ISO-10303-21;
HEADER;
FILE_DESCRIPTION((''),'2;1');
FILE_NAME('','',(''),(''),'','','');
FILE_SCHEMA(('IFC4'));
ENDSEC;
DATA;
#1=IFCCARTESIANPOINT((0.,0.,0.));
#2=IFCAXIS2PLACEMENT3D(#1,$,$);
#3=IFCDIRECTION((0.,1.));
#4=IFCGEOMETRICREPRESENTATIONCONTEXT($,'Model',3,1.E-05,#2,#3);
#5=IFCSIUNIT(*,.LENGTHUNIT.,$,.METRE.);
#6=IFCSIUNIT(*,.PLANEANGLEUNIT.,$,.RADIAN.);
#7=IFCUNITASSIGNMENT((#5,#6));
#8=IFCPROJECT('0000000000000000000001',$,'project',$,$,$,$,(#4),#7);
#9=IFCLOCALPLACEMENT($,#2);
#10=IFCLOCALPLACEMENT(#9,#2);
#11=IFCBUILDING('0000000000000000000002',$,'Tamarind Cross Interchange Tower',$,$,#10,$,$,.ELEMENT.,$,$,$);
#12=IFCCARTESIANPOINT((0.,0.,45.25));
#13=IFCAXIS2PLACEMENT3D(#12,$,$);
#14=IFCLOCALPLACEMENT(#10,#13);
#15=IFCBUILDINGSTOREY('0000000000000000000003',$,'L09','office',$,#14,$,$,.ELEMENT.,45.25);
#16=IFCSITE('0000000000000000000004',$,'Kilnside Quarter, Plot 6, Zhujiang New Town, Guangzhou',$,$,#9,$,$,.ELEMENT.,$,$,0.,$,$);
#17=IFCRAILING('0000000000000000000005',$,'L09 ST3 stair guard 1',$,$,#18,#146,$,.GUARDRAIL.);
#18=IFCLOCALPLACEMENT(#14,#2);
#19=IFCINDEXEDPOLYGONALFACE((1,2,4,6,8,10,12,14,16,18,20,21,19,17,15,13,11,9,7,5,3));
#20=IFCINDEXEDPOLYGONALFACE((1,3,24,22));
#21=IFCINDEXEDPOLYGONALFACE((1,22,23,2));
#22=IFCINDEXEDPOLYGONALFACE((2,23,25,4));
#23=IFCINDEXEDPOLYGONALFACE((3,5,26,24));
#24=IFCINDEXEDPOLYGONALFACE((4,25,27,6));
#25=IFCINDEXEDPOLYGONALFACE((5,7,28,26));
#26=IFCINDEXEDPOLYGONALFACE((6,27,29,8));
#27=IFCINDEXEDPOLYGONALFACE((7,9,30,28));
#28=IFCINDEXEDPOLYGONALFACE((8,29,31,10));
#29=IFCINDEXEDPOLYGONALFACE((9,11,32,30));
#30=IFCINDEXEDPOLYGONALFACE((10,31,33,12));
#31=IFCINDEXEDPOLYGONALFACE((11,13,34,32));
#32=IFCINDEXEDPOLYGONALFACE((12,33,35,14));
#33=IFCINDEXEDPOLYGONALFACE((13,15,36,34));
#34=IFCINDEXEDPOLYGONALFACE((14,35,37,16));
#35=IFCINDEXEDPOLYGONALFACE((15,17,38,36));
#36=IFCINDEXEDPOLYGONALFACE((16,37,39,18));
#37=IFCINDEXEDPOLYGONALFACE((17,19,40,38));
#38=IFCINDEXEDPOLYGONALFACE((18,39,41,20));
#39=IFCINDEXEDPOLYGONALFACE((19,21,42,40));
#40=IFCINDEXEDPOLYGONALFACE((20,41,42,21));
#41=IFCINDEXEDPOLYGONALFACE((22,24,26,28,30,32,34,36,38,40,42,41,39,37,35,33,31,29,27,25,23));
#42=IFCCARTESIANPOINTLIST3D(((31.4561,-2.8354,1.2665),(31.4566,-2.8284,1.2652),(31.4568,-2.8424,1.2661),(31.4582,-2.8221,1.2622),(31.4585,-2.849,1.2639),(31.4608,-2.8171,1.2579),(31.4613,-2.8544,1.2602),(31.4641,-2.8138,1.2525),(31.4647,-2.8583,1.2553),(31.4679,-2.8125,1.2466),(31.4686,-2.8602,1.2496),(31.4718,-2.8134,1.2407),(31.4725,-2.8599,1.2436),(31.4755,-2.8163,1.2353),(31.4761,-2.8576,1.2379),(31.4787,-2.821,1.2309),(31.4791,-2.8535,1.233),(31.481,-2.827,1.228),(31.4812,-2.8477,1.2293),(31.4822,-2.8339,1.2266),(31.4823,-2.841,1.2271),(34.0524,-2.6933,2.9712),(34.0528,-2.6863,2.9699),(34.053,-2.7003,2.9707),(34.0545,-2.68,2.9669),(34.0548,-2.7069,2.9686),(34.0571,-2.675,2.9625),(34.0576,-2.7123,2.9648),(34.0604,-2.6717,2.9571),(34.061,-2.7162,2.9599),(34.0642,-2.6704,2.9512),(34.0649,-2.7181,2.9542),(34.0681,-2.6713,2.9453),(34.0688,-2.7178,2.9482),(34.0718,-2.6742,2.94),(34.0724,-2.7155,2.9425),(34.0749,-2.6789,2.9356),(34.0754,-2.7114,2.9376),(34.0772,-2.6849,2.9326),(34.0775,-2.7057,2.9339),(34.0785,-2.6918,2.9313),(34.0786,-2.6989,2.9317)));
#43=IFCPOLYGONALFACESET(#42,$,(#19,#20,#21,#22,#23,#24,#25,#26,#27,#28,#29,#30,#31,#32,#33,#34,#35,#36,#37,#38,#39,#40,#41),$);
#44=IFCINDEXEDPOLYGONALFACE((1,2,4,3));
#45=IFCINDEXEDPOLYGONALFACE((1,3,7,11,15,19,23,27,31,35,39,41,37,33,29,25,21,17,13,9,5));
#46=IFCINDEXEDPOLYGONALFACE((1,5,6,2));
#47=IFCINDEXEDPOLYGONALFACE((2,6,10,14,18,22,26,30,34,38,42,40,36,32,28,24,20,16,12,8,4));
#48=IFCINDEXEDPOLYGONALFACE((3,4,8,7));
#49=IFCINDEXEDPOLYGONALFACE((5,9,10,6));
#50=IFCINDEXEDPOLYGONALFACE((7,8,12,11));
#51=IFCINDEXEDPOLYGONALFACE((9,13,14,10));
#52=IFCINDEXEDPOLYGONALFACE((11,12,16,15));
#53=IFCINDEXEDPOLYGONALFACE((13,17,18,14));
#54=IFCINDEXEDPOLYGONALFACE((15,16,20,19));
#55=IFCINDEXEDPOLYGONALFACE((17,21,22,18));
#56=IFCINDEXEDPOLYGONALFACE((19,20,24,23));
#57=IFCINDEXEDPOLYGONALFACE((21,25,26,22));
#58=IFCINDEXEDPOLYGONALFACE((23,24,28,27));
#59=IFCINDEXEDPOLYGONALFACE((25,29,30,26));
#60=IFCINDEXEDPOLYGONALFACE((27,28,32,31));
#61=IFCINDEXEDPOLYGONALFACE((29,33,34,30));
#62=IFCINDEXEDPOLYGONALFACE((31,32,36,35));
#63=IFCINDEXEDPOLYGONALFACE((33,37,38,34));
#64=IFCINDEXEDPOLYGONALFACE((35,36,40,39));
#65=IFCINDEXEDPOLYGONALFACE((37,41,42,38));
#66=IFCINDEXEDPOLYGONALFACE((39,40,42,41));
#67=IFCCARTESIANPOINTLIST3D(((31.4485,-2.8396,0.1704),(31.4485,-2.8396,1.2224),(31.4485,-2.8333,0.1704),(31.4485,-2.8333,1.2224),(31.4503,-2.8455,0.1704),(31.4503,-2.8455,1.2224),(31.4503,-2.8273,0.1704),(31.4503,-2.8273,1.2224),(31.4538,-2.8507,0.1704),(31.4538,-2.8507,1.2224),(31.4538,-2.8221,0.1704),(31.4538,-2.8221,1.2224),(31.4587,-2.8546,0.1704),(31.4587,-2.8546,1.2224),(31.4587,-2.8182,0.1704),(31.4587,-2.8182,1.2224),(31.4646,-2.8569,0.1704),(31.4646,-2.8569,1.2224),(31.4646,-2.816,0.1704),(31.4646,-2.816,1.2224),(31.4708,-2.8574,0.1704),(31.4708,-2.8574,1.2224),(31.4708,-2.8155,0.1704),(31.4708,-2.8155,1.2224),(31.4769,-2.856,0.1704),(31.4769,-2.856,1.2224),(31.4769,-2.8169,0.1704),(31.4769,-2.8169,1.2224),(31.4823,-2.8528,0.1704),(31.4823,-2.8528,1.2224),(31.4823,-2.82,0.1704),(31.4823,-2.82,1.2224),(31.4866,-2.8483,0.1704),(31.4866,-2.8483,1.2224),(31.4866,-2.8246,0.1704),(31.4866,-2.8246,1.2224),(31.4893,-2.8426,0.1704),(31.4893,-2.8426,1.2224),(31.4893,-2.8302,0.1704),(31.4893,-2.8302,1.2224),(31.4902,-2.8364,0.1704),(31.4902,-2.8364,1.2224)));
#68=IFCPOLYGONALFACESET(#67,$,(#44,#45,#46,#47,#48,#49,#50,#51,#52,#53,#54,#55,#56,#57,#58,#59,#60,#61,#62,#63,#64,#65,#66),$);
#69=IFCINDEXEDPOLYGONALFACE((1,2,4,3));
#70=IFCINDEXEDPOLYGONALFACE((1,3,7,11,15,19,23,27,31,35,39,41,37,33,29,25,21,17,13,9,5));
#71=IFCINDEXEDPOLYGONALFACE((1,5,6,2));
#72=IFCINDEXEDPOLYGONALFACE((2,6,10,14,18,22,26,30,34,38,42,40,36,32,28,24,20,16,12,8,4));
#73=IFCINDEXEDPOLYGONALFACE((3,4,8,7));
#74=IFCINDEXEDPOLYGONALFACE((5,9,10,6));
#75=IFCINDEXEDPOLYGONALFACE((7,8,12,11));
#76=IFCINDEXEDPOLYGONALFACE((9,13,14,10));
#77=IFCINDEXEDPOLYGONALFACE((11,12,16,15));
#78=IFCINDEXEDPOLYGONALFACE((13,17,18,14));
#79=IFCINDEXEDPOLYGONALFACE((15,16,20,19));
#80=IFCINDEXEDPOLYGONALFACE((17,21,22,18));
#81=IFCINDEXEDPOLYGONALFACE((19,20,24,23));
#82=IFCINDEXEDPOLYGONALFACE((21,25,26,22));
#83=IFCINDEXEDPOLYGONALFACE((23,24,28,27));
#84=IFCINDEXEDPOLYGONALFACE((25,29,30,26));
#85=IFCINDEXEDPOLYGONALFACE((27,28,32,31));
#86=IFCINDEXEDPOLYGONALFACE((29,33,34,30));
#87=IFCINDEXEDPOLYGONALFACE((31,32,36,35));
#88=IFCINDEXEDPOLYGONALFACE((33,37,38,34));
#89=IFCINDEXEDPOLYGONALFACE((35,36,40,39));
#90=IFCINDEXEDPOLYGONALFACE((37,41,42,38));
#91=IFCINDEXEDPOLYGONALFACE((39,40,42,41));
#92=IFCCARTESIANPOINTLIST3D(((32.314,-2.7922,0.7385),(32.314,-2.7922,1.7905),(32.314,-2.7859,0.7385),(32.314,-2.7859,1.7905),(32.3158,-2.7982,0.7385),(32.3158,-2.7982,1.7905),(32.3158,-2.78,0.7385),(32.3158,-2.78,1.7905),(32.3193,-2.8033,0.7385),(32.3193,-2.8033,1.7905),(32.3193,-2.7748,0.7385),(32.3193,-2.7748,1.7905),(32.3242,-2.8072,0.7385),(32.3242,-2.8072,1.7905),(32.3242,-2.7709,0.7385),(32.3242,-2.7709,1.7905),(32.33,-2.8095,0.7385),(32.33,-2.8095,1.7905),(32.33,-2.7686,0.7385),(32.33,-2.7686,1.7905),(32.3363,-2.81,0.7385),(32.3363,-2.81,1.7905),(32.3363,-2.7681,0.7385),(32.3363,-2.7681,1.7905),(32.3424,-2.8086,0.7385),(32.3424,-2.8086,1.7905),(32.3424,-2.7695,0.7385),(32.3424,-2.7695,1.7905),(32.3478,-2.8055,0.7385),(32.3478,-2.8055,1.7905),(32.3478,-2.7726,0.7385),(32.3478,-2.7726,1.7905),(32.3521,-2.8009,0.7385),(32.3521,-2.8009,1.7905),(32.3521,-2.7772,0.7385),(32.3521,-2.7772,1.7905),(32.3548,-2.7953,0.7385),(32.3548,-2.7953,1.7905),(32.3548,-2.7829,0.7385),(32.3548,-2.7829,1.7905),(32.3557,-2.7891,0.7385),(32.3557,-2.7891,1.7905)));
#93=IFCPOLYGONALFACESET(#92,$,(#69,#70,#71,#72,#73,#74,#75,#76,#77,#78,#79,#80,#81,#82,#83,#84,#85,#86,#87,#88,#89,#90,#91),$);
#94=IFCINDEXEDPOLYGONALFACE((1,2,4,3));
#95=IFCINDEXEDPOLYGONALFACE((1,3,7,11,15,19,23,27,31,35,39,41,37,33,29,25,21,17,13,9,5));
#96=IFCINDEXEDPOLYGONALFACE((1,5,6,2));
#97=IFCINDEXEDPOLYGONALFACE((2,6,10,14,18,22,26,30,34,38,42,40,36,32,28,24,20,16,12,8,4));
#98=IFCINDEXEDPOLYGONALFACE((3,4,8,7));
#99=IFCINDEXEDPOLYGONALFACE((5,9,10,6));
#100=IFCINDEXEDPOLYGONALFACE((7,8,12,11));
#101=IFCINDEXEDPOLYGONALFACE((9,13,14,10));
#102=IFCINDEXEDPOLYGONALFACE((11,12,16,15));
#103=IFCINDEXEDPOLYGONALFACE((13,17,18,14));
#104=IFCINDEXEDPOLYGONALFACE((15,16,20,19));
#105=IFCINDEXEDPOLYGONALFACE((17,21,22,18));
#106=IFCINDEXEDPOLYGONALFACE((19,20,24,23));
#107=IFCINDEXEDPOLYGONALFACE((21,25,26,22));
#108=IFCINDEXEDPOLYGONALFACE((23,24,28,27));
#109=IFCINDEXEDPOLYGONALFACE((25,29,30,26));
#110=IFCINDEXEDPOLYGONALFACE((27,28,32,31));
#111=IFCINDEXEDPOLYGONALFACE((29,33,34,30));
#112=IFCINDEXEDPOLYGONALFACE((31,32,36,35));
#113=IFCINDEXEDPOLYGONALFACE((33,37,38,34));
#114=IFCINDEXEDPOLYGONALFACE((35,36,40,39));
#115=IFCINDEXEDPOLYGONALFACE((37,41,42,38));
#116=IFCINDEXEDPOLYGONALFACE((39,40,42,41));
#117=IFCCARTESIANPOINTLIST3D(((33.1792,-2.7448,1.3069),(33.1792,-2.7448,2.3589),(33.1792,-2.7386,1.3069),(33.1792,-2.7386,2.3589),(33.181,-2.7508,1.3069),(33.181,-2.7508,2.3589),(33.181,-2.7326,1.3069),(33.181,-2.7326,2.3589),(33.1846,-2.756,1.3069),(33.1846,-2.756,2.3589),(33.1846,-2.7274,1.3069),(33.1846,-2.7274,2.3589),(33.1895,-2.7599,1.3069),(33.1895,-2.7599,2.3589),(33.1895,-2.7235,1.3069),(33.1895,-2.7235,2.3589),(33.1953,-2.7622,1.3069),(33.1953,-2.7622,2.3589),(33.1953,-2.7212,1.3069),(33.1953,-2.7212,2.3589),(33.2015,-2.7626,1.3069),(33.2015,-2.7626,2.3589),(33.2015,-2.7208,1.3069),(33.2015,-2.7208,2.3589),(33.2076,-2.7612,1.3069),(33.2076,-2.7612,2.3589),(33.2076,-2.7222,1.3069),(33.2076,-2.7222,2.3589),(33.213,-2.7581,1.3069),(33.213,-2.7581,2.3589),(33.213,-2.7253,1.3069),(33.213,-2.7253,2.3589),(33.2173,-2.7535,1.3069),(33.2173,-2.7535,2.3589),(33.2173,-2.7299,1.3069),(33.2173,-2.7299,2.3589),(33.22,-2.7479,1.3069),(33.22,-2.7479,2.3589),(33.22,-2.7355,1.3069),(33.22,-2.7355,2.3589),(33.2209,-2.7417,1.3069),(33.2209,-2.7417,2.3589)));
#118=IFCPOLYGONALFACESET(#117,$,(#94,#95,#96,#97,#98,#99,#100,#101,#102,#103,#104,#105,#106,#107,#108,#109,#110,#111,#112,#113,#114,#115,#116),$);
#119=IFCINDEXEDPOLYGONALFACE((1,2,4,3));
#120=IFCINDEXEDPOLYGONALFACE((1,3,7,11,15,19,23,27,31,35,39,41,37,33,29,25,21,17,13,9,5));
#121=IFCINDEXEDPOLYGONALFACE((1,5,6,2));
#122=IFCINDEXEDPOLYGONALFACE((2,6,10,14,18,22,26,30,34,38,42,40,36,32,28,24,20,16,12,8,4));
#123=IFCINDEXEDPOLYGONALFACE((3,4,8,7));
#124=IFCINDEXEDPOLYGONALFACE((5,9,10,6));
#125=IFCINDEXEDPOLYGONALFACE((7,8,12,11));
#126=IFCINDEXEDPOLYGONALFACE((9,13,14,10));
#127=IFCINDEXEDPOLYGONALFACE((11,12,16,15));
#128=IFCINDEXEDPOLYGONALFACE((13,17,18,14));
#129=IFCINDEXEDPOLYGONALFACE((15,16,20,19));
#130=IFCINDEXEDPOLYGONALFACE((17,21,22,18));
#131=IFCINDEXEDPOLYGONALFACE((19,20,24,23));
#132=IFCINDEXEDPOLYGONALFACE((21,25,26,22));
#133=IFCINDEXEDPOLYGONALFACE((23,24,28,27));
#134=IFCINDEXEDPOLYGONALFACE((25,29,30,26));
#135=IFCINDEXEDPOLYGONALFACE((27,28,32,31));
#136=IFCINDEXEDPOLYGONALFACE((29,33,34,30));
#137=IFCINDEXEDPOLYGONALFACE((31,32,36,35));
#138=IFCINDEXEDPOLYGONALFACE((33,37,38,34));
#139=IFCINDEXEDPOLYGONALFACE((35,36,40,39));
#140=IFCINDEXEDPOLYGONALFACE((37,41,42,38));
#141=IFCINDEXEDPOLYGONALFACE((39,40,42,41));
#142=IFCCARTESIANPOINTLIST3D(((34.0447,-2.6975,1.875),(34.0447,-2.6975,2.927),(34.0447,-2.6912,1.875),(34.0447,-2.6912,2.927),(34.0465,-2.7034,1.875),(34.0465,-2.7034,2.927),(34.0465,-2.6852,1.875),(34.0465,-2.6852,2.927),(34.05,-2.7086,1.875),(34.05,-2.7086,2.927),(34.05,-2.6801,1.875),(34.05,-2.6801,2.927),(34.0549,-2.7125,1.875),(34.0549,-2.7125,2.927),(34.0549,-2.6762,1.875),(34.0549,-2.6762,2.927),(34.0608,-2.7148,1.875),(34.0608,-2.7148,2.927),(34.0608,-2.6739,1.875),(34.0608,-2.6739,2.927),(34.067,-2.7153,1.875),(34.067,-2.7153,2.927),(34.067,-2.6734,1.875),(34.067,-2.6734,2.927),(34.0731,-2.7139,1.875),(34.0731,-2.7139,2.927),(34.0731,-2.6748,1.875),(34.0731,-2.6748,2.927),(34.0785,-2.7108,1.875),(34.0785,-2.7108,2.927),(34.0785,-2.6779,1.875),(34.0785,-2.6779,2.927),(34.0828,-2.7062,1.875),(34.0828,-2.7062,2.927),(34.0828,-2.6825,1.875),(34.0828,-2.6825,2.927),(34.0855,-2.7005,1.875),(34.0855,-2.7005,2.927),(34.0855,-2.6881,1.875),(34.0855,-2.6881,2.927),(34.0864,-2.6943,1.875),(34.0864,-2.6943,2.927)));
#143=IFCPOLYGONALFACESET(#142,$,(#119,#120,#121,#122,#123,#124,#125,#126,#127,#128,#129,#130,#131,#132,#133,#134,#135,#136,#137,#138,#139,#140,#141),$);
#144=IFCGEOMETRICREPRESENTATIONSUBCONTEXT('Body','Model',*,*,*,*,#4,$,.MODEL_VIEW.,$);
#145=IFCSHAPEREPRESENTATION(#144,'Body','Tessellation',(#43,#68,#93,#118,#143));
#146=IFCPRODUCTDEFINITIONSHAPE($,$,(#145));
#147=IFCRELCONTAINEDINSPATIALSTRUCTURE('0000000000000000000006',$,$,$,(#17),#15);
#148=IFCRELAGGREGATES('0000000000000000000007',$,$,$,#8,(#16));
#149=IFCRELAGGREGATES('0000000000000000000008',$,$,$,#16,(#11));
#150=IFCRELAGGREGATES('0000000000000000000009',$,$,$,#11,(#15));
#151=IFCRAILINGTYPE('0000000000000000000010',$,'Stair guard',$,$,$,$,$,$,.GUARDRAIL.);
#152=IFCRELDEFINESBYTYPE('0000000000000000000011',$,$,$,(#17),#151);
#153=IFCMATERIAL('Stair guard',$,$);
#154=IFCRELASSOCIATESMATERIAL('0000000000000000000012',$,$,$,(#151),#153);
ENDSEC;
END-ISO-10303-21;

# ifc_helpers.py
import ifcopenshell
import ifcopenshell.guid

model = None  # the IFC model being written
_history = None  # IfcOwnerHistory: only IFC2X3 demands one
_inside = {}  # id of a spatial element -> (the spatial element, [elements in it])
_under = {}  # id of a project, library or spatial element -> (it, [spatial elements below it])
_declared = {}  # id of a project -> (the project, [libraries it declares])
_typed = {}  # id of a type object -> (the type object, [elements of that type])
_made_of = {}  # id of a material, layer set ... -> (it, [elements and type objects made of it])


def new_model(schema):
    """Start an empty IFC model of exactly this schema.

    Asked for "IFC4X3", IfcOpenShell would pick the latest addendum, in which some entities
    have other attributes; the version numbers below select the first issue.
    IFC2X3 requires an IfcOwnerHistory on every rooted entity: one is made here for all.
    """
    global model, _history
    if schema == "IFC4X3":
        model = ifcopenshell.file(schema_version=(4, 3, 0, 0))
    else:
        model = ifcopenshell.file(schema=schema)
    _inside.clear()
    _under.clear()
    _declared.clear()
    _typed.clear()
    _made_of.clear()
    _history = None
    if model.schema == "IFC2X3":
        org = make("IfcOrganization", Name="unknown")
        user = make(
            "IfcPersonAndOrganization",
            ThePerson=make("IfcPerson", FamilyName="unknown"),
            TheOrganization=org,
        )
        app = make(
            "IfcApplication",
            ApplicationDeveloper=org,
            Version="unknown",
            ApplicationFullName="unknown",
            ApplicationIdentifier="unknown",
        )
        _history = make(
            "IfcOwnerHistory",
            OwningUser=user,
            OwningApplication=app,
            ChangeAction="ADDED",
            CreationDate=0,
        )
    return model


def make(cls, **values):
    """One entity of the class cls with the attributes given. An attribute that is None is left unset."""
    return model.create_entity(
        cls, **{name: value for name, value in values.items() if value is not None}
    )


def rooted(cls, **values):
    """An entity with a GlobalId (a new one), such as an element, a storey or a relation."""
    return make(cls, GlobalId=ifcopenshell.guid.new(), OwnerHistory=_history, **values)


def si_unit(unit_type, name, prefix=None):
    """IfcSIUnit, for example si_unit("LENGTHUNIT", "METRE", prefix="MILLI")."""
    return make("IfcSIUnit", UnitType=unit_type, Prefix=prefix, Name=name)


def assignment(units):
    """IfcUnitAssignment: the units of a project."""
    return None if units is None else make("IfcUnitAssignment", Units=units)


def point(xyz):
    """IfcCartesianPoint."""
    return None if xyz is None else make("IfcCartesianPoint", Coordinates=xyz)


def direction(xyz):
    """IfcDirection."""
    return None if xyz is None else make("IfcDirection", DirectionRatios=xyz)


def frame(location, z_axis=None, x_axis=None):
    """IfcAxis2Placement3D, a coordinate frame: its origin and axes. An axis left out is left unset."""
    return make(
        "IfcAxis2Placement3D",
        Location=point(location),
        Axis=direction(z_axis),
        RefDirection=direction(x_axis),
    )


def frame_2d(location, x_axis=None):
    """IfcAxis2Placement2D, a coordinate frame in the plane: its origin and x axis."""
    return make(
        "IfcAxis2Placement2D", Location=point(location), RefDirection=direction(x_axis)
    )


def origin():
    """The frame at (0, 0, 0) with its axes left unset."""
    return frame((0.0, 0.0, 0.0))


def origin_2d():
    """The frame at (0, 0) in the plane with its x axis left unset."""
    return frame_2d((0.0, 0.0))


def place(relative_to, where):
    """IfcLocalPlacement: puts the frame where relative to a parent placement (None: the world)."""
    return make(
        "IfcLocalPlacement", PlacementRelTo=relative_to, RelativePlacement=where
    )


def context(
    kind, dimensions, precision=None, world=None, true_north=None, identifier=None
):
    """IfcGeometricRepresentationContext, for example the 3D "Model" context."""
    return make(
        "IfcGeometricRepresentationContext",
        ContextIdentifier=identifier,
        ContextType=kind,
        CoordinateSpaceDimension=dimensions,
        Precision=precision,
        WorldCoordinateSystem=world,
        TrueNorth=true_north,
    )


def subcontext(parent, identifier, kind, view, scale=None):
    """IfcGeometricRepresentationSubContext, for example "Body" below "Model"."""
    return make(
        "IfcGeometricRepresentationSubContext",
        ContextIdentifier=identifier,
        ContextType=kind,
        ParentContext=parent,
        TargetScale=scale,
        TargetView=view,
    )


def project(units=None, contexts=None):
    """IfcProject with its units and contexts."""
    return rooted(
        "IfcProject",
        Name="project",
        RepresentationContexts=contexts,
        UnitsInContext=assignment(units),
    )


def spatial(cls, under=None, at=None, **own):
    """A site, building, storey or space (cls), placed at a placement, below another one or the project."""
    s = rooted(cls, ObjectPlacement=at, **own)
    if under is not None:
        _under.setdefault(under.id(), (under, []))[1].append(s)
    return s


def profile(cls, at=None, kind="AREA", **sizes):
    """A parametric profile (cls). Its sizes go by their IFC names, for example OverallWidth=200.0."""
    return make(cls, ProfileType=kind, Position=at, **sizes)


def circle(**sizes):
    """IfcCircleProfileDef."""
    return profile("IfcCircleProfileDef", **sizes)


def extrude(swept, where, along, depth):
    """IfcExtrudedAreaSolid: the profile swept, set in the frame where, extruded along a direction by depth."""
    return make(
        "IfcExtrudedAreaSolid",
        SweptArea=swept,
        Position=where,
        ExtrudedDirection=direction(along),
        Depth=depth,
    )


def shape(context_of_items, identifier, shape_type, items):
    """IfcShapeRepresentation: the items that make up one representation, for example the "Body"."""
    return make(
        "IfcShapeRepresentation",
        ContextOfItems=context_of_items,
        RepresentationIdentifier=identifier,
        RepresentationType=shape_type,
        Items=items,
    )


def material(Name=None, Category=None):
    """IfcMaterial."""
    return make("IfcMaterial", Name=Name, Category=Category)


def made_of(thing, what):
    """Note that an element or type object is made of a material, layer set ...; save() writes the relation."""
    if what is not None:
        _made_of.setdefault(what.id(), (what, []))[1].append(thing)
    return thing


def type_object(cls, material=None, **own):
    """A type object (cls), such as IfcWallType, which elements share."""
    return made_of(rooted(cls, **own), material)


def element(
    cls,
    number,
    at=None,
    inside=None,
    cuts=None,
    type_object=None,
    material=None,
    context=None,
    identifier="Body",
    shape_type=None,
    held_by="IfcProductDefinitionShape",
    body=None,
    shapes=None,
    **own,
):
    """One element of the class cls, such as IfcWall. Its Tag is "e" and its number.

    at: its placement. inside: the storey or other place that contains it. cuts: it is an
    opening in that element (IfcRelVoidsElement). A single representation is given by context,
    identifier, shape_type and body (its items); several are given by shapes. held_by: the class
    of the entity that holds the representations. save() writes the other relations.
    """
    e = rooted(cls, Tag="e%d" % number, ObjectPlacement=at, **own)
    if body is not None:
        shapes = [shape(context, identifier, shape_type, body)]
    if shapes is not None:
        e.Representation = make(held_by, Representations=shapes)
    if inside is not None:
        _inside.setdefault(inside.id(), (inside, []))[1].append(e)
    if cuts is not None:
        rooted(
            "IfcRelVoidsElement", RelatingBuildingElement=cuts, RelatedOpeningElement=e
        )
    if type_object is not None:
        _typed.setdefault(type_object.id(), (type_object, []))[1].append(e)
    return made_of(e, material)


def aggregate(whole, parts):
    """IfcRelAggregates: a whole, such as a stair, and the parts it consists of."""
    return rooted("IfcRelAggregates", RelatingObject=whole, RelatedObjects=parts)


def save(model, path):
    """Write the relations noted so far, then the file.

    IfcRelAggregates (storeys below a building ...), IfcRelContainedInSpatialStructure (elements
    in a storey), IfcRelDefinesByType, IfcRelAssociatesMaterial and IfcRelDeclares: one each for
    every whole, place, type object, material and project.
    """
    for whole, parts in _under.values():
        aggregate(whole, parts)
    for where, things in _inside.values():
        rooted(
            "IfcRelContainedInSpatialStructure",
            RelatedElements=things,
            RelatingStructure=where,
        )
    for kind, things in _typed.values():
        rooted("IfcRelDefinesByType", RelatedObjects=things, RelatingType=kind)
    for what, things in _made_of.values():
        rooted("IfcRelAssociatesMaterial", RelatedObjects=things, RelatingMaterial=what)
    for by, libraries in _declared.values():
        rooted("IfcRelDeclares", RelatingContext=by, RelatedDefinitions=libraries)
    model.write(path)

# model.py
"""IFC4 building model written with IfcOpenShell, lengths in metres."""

from ifc_helpers import new_model, si_unit, direction, frame, origin, origin_2d, place, context, subcontext, project, spatial, circle, extrude, material, type_object, element, save


model = new_model("IFC4")

# Units and contexts
model_context = context("Model", 3, precision=1e-05, world=origin(), true_north=direction((0.0, 1.0)))
body_context = subcontext(model_context, "Body", "Model", "MODEL_VIEW")
ifc_project = project(units=[si_unit("LENGTHUNIT", "METRE"), si_unit("PLANEANGLEUNIT", "RADIAN")], contexts=[model_context])

# Site, building, storey
site_placement = place(None, origin())
site = spatial("IfcSite", under=ifc_project, at=site_placement, Name="Kilnside Quarter, Plot 6, Zhujiang New Town, Guangzhou", CompositionType="ELEMENT", RefElevation=0.0)
building_placement = place(site_placement, origin())
building = spatial("IfcBuilding", under=site, at=building_placement, Name="Tamarind Cross Interchange Tower", CompositionType="ELEMENT")
storey_placement = place(building_placement, frame((0.0, 0.0, 45.25)))
storey = spatial("IfcBuildingStorey", under=building, at=storey_placement, Name="L09", Description="office", CompositionType="ELEMENT", Elevation=45.25)

# Railing
ifc_material_1 = material(Name="Stair guard")
railing_type_1 = type_object("IfcRailingType", Name="Stair guard", PredefinedType="GUARDRAIL", material=ifc_material_1)
railing_1_placement = place(storey_placement, frame((31.4692, -2.8364, 0.1704)))
element("IfcRailing", 1, at=railing_1_placement, inside=storey, type_object=railing_type_1, Name="L09 ST3 stair guard 1", PredefinedType="GUARDRAIL", context=body_context, shape_type="SweptSolid", body=[
    extrude(circle(Radius=0.0239, at=origin_2d()), frame((0.0, 0.0, 1.0762), z_axis=(0.83505, 0.045702, 0.548272), x_axis=(-0.054648, 0.998506, 0.0)), (0.0, 0.0, 1.0), 3.1091),
    extrude(circle(Radius=0.021, at=origin_2d()), origin(), (0.0, 0.0, 1.0), 1.052),
    extrude(circle(Radius=0.021, at=origin_2d()), frame((0.8655, 0.0474, 0.5681)), (0.0, 0.0, 1.0), 1.052),
    extrude(circle(Radius=0.021, at=origin_2d()), frame((1.7307, 0.0947, 1.1365)), (0.0, 0.0, 1.0), 1.052),
    extrude(circle(Radius=0.021, at=origin_2d()), frame((2.5962, 0.1421, 1.7046)), (0.0, 0.0, 1.0), 1.052),
])

save(model, "model.ifc")
